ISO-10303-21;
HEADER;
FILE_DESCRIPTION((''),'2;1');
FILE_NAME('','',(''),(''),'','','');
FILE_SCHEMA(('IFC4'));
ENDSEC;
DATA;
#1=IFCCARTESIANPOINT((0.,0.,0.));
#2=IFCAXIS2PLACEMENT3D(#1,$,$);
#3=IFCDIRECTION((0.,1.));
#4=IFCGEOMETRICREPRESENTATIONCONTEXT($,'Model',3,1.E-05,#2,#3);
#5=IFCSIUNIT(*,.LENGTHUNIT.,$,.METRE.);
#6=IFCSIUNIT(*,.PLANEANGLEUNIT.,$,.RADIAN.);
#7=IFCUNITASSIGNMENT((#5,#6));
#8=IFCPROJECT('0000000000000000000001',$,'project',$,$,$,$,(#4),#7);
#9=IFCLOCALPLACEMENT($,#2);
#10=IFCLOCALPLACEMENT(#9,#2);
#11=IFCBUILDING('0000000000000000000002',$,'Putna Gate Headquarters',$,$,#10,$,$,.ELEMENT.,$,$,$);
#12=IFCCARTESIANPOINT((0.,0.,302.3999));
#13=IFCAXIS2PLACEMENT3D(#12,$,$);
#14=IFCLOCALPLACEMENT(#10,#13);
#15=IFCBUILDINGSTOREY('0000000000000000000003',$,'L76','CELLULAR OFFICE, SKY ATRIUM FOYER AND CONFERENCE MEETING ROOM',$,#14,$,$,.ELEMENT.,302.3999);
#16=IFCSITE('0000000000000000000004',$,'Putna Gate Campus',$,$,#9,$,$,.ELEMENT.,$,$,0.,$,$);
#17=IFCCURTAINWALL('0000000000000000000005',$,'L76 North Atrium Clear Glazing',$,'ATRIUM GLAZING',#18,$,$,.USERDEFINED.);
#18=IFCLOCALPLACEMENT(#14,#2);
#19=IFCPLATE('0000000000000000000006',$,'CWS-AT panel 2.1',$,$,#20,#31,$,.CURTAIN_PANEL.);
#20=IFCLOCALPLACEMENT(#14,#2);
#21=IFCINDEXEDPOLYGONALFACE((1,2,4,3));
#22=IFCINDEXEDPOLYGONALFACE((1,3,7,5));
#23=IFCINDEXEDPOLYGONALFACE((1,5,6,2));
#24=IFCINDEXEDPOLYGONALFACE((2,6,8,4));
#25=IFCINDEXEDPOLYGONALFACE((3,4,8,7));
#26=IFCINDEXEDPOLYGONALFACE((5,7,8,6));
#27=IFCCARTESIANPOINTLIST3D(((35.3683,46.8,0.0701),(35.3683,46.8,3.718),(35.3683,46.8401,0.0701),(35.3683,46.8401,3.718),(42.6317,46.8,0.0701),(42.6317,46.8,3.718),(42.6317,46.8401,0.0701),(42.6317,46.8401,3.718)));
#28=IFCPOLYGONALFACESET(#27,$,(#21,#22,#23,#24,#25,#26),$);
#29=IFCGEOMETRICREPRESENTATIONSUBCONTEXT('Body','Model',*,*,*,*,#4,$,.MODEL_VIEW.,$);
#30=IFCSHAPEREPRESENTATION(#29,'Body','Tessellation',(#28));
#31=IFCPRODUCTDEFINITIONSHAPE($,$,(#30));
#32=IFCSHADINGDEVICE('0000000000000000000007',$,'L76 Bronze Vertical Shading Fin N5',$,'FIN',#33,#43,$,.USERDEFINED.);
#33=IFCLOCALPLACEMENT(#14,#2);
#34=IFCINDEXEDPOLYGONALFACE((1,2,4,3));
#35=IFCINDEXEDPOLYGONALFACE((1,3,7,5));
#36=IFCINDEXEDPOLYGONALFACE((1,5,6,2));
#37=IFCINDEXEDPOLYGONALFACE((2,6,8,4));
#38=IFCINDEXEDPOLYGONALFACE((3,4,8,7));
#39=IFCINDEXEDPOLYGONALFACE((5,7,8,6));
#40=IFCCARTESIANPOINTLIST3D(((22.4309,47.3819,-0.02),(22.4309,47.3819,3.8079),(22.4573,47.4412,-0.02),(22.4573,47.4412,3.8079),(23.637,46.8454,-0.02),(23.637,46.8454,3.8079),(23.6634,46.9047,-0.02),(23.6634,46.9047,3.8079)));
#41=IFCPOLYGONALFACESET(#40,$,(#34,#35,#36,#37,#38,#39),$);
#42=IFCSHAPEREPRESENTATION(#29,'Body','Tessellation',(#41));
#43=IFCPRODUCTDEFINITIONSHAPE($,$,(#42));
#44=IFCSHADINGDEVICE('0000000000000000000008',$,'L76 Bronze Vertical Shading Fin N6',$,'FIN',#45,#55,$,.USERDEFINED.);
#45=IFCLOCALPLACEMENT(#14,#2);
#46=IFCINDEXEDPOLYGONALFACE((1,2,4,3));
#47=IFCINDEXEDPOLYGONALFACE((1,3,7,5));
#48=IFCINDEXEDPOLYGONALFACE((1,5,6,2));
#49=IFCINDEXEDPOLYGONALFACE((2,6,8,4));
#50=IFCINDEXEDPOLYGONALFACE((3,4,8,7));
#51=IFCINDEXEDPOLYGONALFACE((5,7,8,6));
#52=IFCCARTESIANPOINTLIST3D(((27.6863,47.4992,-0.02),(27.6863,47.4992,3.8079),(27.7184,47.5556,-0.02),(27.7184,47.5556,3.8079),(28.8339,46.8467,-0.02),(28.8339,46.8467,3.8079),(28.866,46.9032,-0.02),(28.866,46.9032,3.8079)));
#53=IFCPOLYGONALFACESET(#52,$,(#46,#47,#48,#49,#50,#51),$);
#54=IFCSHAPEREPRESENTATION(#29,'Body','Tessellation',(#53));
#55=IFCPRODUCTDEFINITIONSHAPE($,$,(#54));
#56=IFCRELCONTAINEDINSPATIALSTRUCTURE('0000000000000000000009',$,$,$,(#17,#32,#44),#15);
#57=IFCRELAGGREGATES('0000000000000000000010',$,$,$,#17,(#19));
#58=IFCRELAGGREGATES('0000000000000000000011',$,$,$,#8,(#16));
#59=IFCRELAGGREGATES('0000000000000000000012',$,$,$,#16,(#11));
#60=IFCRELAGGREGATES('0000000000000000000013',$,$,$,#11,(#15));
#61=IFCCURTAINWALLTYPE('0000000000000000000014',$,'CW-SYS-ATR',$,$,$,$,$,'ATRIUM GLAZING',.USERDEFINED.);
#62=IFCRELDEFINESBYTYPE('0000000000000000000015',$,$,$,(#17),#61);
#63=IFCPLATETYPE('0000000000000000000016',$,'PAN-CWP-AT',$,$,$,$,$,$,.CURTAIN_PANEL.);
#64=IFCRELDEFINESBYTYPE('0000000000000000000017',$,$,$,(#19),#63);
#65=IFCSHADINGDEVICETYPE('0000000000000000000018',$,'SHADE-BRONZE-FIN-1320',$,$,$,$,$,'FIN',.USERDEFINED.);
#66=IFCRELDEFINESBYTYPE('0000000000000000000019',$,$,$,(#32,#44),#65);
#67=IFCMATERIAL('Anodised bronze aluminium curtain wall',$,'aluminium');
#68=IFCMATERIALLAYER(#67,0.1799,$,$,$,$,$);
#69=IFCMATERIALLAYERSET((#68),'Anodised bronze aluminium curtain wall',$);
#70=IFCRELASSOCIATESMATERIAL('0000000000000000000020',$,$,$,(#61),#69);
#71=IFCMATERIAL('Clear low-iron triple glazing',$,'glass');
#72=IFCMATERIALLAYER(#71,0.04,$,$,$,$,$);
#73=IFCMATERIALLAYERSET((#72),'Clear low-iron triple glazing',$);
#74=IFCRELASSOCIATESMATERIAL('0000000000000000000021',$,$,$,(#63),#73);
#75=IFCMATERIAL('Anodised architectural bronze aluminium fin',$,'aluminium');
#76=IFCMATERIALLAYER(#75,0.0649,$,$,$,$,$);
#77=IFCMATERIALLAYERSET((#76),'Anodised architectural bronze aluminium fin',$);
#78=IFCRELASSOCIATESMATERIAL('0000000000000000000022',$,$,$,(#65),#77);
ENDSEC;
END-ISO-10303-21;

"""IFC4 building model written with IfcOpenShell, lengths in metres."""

from ifc_helpers import new_model, si_unit, direction, frame, origin, origin_2d, place, context, subcontext, project, spatial, rectangle, extrude, material, layer, layer_set, type_object, element, aggregate, save


model = new_model("IFC4")

# Units and contexts
model_context = context("Model", 3, precision=1e-05, world=origin(), true_north=direction((0.0, 1.0)))
body_context = subcontext(model_context, "Body", "Model", "MODEL_VIEW")
ifc_project = project(units=[si_unit("LENGTHUNIT", "METRE"), si_unit("PLANEANGLEUNIT", "RADIAN")], contexts=[model_context])

# Site, building, storey
site_placement = place(None, origin())
site = spatial("IfcSite", under=ifc_project, at=site_placement, Name="Putna Gate Campus", CompositionType="ELEMENT", RefElevation=0.0)
building_placement = place(site_placement, origin())
building = spatial("IfcBuilding", under=site, at=building_placement, Name="Putna Gate Headquarters", CompositionType="ELEMENT")
storey_placement = place(building_placement, frame((0.0, 0.0, 302.3999)))
storey = spatial("IfcBuildingStorey", under=building, at=storey_placement, Name="L76", Description="CELLULAR OFFICE, SKY ATRIUM FOYER AND CONFERENCE MEETING ROOM", CompositionType="ELEMENT", Elevation=302.3999)

# Shared definitions
ifc_material_1 = material(Name="Anodised bronze aluminium curtain wall", Category="aluminium")

# Curtain wall
ifc_layer_1 = layer(ifc_material_1, 0.1799)
ifc_layer_set_1 = layer_set([ifc_layer_1], Name="Anodised bronze aluminium curtain wall")
curtain_wall_type_1 = type_object("IfcCurtainWallType", Name="CW-SYS-ATR", ElementType="ATRIUM GLAZING", PredefinedType="USERDEFINED", material=ifc_layer_set_1)
curtain_wall_1_placement = place(storey_placement, origin())
curtain_wall_1 = element("IfcCurtainWall", 1, at=curtain_wall_1_placement, inside=storey, type_object=curtain_wall_type_1, Name="L76 North Atrium Clear Glazing", ObjectType="ATRIUM GLAZING", PredefinedType="USERDEFINED")

# Plate
ifc_material_2 = material(Name="Clear low-iron triple glazing", Category="glass")
ifc_layer_2 = layer(ifc_material_2, 0.04)
ifc_layer_set_2 = layer_set([ifc_layer_2], Name="Clear low-iron triple glazing")
plate_type_1 = type_object("IfcPlateType", Name="PAN-CWP-AT", PredefinedType="CURTAIN_PANEL", material=ifc_layer_set_2)
plate_1_placement = place(storey_placement, frame((39.0, 46.8201, 0.0701), z_axis=(0.0, 0.0, 1.0), x_axis=(1.0, 0.0, 0.0)))
plate_1 = element("IfcPlate", 2, at=plate_1_placement, type_object=plate_type_1, Name="CWS-AT panel 2.1", PredefinedType="CURTAIN_PANEL", context=body_context, shape_type="SweptSolid", body=[
    extrude(rectangle(XDim=7.2634, YDim=0.04, at=origin_2d()), origin(), (0.0, 0.0, 1.0), 3.6479),
])
aggregate(curtain_wall_1, [plate_1])

# Shading devices
ifc_material_3 = material(Name="Anodised architectural bronze aluminium fin", Category="aluminium")
ifc_layer_3 = layer(ifc_material_3, 0.0649)
ifc_layer_set_3 = layer_set([ifc_layer_3], Name="Anodised architectural bronze aluminium fin")
shading_device_type = type_object("IfcShadingDeviceType", Name="SHADE-BRONZE-FIN-1320", ElementType="FIN", PredefinedType="USERDEFINED", material=ifc_layer_set_3)
for number, where, z_axis, x_axis, name in (
    (3, (23.0471, 47.1433, -0.02), (0.0, 0.0, 1.0), (-0.913687, 0.406418, 0.0), "L76 Bronze Vertical Shading Fin N5"),
    (4, (28.2761, 47.2012, -0.02), (0.0, 0.0, 1.0), (-0.869322, 0.494245, 0.0), "L76 Bronze Vertical Shading Fin N6"),
):
    element("IfcShadingDevice", number, at=place(storey_placement, frame(where, z_axis=z_axis, x_axis=x_axis)), inside=storey, type_object=shading_device_type, Name=name, ObjectType="FIN", PredefinedType="USERDEFINED", context=body_context, shape_type="SweptSolid", body=[
        extrude(rectangle(XDim=1.3201, YDim=0.0649, at=origin_2d()), origin(), (0.0, 0.0, 1.0), 3.8279),
    ])

save(model, "model.ifc")
